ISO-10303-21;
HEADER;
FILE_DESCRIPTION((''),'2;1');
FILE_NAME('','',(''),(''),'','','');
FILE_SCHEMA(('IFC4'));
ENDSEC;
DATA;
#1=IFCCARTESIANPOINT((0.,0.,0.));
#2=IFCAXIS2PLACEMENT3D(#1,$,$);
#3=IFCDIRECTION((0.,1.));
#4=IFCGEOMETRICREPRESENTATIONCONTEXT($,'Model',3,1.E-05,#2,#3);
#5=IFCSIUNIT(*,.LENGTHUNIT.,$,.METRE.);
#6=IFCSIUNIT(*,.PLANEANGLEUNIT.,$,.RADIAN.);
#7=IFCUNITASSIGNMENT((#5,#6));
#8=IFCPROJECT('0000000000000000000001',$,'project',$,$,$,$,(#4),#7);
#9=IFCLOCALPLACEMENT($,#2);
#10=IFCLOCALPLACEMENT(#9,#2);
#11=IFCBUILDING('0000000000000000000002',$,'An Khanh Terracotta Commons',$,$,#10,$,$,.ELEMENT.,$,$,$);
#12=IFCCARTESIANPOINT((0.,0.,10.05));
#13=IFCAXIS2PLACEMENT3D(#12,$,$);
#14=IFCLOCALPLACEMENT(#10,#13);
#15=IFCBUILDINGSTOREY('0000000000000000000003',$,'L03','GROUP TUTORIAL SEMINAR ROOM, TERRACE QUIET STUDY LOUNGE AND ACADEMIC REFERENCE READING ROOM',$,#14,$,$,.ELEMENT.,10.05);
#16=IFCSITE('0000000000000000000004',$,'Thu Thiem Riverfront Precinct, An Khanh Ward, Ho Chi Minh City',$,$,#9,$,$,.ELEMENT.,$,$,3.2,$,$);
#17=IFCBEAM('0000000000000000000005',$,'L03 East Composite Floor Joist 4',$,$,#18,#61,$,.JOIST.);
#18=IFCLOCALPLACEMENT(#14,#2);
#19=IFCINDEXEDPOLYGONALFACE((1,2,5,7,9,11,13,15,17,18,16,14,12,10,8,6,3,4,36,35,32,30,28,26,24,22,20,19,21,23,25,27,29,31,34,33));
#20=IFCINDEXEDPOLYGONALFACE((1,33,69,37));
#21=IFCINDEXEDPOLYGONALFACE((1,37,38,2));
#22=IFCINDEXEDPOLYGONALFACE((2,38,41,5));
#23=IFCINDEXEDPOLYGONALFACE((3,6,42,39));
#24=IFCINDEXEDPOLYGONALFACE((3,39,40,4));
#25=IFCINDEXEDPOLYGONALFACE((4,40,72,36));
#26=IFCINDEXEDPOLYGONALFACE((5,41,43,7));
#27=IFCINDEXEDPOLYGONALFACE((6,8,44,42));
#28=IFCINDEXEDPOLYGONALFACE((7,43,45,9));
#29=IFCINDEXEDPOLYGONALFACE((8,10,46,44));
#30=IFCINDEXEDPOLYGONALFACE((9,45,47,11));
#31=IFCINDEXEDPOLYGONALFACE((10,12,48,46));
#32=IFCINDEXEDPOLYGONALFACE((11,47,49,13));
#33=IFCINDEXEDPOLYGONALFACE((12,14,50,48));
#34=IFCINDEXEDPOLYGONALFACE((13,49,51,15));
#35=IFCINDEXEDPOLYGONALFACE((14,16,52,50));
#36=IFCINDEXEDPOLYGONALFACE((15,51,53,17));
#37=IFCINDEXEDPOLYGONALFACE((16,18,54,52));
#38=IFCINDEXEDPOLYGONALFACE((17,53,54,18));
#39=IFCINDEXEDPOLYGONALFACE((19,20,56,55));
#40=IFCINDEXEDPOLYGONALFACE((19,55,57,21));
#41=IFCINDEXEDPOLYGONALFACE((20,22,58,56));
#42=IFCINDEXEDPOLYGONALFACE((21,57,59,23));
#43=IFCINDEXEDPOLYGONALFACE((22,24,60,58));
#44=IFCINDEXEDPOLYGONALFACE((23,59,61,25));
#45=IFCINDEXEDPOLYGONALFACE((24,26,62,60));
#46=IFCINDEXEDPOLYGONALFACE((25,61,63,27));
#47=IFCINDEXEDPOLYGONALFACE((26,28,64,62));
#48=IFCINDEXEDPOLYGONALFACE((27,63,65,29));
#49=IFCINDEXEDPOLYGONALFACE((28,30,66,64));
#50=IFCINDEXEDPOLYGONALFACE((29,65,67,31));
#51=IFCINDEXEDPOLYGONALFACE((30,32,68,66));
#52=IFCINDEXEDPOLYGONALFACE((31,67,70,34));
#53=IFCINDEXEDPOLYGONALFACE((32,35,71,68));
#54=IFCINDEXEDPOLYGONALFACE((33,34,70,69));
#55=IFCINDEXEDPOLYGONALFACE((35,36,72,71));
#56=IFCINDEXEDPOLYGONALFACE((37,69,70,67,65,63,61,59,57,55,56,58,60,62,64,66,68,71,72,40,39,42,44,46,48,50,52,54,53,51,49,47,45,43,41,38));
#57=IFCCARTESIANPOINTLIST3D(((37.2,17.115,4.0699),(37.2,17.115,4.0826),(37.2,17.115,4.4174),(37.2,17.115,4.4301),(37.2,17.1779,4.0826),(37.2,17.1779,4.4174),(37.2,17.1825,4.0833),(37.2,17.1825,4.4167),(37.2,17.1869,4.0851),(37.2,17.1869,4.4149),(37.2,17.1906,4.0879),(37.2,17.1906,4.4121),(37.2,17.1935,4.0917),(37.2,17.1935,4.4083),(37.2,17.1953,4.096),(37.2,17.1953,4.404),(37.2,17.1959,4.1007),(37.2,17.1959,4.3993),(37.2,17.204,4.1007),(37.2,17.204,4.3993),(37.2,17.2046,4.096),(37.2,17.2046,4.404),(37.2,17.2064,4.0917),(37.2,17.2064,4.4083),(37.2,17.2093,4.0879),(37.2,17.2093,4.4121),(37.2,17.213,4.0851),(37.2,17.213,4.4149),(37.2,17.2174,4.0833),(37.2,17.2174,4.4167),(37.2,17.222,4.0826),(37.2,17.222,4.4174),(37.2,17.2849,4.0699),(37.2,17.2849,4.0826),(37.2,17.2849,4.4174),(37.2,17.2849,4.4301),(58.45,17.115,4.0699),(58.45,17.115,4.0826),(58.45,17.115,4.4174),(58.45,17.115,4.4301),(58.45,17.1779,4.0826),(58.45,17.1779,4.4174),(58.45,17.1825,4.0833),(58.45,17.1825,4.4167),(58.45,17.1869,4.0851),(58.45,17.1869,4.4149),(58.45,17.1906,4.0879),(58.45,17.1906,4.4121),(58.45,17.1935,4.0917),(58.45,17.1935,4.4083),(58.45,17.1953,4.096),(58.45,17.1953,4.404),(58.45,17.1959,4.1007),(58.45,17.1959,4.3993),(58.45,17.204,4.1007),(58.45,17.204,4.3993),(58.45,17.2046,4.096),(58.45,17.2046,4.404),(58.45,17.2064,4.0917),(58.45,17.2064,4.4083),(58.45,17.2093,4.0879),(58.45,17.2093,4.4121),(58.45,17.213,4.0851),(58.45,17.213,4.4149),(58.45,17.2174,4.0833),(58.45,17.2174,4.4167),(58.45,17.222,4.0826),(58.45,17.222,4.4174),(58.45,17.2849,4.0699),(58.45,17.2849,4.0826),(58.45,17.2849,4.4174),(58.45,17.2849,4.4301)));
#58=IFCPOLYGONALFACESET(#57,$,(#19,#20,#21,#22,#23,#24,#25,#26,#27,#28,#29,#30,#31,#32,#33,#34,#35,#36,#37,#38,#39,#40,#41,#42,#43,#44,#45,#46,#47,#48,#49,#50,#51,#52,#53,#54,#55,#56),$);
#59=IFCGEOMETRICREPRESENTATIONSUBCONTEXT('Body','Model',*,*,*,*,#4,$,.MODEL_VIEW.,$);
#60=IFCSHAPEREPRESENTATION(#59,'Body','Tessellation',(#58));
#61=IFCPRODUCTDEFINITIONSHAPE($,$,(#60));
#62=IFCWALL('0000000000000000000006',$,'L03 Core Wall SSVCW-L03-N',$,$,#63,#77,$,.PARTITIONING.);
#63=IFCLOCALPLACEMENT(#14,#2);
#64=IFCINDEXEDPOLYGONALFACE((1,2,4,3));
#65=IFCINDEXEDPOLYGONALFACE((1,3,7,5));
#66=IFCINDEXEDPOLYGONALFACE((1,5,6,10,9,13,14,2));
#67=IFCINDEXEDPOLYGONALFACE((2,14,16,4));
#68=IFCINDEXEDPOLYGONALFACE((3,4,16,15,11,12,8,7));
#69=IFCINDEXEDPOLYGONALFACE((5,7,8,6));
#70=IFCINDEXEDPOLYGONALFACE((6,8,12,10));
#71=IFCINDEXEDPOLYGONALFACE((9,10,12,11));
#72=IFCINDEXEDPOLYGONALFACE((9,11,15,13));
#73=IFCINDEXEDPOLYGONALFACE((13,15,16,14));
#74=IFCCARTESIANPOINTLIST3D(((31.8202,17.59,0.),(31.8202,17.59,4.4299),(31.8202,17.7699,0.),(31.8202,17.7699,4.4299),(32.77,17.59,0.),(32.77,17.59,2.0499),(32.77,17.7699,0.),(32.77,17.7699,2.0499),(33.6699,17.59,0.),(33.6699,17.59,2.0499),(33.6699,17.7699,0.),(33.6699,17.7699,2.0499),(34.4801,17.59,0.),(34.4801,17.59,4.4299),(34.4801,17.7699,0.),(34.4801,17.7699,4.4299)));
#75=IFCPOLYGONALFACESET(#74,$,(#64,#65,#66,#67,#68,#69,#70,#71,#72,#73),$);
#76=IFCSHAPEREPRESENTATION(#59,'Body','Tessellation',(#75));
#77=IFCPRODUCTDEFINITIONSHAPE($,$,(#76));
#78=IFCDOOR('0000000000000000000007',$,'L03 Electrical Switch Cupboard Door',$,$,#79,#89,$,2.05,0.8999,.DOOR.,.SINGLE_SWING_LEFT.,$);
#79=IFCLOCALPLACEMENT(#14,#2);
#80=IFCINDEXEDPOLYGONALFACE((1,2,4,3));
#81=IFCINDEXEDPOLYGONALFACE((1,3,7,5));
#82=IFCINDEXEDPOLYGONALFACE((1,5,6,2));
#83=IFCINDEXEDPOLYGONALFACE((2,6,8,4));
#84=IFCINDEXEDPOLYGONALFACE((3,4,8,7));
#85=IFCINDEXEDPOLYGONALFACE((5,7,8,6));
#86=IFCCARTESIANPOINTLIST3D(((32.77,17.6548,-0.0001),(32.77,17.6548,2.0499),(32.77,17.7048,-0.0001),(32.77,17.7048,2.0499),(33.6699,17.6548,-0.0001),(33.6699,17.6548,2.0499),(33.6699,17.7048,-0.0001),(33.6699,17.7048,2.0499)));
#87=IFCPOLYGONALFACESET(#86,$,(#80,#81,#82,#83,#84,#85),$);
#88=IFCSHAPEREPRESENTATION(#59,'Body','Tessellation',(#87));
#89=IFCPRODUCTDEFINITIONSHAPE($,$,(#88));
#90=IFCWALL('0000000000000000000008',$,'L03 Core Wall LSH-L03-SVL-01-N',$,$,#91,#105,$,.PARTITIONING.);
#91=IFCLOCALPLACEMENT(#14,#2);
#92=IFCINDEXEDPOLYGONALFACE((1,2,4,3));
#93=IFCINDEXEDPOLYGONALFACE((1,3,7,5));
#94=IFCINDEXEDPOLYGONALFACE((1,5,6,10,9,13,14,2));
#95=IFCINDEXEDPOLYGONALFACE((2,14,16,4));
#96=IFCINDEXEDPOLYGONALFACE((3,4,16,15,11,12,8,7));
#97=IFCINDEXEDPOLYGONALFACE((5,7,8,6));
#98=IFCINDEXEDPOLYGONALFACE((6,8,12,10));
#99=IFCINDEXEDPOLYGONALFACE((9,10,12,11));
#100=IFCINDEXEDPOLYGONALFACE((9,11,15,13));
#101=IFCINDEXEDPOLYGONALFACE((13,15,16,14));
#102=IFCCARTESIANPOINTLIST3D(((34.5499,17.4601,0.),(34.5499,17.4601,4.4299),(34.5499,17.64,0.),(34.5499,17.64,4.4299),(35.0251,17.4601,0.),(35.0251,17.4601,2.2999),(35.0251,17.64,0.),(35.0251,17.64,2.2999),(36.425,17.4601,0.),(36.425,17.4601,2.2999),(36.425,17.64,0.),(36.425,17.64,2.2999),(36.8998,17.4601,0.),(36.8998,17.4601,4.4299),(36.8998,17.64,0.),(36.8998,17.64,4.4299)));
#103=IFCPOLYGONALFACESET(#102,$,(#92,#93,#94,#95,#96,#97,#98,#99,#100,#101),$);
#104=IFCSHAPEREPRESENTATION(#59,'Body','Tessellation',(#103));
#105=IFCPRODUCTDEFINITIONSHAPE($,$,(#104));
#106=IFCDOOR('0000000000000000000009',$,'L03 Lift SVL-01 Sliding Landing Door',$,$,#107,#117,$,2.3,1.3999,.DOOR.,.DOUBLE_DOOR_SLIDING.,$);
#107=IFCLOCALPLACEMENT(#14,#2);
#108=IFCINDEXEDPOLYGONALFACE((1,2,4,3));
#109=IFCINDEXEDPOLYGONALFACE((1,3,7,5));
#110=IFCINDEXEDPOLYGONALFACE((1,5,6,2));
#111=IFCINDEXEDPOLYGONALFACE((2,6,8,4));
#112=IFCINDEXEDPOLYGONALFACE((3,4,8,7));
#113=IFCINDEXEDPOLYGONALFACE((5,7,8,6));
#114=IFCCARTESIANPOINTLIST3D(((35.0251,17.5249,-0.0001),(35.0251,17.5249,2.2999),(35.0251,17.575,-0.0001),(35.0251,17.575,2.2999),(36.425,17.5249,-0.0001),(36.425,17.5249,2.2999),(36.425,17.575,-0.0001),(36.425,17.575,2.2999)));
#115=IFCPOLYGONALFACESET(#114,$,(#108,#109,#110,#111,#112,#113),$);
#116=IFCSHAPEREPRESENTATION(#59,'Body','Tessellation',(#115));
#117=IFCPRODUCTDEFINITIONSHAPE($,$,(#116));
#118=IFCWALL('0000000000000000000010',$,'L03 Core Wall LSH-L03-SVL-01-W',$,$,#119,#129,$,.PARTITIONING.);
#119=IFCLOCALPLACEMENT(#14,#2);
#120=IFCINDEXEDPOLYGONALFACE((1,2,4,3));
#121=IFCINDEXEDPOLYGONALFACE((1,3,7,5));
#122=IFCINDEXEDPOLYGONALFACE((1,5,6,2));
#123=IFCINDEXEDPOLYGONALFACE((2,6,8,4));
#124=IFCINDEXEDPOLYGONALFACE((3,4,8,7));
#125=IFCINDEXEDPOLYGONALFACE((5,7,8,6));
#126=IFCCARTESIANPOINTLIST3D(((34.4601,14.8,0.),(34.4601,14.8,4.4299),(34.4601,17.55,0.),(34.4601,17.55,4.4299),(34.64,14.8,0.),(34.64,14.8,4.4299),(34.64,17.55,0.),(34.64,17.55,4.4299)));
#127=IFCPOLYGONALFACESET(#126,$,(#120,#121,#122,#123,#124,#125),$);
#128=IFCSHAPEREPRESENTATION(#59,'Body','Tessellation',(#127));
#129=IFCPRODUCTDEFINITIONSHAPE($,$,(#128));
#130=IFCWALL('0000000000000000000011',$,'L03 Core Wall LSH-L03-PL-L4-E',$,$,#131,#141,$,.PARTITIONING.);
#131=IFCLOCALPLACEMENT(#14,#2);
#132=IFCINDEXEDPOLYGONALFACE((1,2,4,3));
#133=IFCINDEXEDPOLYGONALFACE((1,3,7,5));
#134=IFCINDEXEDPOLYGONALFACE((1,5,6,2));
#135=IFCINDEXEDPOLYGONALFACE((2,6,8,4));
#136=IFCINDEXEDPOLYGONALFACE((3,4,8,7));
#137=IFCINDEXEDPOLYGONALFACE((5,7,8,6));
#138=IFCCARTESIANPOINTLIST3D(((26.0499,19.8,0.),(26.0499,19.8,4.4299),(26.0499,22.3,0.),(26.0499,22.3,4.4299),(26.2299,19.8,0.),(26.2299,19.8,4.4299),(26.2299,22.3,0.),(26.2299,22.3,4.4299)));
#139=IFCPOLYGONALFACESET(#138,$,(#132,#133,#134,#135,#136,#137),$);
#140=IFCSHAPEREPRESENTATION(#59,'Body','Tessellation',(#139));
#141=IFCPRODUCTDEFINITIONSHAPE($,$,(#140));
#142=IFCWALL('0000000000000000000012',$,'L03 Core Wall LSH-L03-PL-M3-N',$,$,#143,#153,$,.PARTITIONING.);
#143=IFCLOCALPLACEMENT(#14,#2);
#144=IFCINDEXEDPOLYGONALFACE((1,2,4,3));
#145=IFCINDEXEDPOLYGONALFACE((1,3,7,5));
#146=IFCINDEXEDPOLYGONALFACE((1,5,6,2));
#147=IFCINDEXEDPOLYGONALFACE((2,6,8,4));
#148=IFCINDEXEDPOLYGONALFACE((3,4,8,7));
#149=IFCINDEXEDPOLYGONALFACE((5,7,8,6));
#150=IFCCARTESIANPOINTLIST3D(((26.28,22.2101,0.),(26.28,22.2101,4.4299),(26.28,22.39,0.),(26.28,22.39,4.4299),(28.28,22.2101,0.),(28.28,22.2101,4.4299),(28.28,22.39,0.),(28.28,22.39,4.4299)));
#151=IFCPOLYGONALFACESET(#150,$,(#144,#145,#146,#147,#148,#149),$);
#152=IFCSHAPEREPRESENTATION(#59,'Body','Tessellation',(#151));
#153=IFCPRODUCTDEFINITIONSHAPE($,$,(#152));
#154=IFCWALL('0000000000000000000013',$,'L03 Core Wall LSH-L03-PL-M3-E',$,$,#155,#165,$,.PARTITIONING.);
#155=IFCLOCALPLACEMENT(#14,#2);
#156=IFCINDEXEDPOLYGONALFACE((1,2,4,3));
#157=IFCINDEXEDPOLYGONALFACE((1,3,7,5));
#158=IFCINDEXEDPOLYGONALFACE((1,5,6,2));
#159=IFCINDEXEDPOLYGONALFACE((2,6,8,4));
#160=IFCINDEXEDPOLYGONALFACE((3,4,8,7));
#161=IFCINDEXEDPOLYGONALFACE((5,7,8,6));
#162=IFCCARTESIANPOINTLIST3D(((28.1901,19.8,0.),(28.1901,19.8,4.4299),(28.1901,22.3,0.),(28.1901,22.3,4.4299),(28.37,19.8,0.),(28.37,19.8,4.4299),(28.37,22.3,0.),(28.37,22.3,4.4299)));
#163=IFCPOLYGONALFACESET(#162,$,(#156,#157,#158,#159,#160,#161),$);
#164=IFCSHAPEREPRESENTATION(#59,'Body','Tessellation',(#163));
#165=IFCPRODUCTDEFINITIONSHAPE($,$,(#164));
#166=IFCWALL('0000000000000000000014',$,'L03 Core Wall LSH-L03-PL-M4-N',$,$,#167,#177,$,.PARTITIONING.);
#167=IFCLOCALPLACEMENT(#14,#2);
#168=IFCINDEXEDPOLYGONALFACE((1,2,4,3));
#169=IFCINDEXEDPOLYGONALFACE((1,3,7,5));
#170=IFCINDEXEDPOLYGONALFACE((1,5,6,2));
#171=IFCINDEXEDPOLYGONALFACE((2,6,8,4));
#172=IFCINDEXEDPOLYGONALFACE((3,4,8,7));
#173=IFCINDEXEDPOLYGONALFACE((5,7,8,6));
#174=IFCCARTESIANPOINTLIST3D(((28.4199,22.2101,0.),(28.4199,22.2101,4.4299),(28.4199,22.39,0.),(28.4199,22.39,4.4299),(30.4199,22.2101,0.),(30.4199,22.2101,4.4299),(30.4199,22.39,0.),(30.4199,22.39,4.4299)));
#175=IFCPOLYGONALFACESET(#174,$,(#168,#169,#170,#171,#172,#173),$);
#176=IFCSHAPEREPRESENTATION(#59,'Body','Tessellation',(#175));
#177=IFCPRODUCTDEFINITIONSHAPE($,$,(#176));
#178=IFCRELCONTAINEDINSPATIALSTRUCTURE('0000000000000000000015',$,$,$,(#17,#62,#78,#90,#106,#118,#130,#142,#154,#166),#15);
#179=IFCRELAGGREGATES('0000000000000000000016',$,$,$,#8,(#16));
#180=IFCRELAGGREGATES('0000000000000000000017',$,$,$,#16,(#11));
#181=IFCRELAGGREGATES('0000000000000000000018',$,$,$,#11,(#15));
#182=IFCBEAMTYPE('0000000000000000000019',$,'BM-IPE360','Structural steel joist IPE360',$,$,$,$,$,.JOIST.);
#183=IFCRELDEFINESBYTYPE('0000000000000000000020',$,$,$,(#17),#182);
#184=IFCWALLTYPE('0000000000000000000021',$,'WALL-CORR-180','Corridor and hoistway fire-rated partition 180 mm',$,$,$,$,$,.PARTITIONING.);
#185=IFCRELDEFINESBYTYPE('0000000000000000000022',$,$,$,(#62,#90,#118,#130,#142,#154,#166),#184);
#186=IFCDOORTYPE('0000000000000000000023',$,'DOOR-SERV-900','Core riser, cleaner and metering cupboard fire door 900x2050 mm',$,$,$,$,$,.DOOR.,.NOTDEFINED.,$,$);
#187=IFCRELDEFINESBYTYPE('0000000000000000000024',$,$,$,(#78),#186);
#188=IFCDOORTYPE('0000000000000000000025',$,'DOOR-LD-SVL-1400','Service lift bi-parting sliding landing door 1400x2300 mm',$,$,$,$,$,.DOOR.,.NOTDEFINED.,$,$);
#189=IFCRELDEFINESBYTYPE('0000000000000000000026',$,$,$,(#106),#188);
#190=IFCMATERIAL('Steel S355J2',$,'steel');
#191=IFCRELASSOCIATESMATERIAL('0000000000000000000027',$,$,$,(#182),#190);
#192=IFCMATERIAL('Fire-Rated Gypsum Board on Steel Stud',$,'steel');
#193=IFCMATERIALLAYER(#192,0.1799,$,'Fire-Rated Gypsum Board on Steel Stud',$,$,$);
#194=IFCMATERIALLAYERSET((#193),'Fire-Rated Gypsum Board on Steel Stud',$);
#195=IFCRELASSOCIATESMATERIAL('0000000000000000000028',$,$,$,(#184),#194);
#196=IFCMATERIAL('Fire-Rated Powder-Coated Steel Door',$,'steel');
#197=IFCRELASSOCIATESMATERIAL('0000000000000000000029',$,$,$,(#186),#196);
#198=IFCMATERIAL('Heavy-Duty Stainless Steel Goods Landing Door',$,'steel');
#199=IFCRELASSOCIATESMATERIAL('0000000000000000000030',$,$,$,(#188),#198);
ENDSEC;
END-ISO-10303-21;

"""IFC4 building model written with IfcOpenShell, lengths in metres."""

from ifc_helpers import new_model, si_unit, direction, frame, frame_2d, origin, origin_2d, place, context, subcontext, project, spatial, rectangle, i_section, extrude, material, layer, layer_set, material_profile, profile_set, type_object, element, fill, save


model = new_model("IFC4")

# Units and contexts
model_context = context("Model", 3, precision=1e-05, world=origin(), true_north=direction((0.0, 1.0)))
body_context = subcontext(model_context, "Body", "Model", "MODEL_VIEW")
ifc_project = project(units=[si_unit("LENGTHUNIT", "METRE"), si_unit("PLANEANGLEUNIT", "RADIAN")], contexts=[model_context])

# Site, building, storey
site_placement = place(None, origin())
site = spatial("IfcSite", under=ifc_project, at=site_placement, Name="Thu Thiem Riverfront Precinct, An Khanh Ward, Ho Chi Minh City", CompositionType="ELEMENT", RefElevation=3.2)
building_placement = place(site_placement, origin())
building = spatial("IfcBuilding", under=site, at=building_placement, Name="An Khanh Terracotta Commons", CompositionType="ELEMENT")
storey_placement = place(building_placement, frame((0.0, 0.0, 10.05)))
storey = spatial("IfcBuildingStorey", under=building, at=storey_placement, Name="L03", Description="GROUP TUTORIAL SEMINAR ROOM, TERRACE QUIET STUDY LOUNGE AND ACADEMIC REFERENCE READING ROOM", CompositionType="ELEMENT", Elevation=10.05)

# Beam
ifc_material_1 = material(Name="Steel S355J2", Category="steel")
ifc_material_profile = material_profile(ifc_material_1, i_section(OverallWidth=0.1699, OverallDepth=0.3601, WebThickness=0.0081, FlangeThickness=0.0127, FilletRadius=0.0181, at=origin_2d()), Name="IPE360")
ifc_profile_set = profile_set([ifc_material_profile], Name="Steel S355J2")
beam_type = type_object("IfcBeamType", Name="BM-IPE360", Description="Structural steel joist IPE360", PredefinedType="JOIST", material=ifc_profile_set)
beam_placement = place(storey_placement, frame((37.2, 17.2, 4.25), z_axis=(1.0, 0.0, 0.0), x_axis=(0.0, 1.0, 0.0)))
element("IfcBeam", 1, at=beam_placement, inside=storey, type_object=beam_type, Name="L03 East Composite Floor Joist 4", PredefinedType="JOIST", context=body_context, shape_type="SweptSolid", body=[
    extrude(i_section(OverallWidth=0.1699, OverallDepth=0.3601, WebThickness=0.0081, FlangeThickness=0.0127, FilletRadius=0.0181, at=origin_2d()), origin(), (0.0, 0.0, 1.0), 21.25),
])

# Walls, openings, doors
ifc_material_2 = material(Name="Fire-Rated Gypsum Board on Steel Stud", Category="steel")
ifc_layer = layer(ifc_material_2, 0.1799, Name="Fire-Rated Gypsum Board on Steel Stud")
ifc_layer_set = layer_set([ifc_layer], Name="Fire-Rated Gypsum Board on Steel Stud")
wall_type = type_object("IfcWallType", Name="WALL-CORR-180", Description="Corridor and hoistway fire-rated partition 180 mm", PredefinedType="PARTITIONING", material=ifc_layer_set)
wall_1_placement = place(storey_placement, frame((31.8201, 17.6799, 0.0), z_axis=(0.0, 0.0, 1.0), x_axis=(1.0, 0.0, 0.0)))
wall_1 = element("IfcWall", 2, at=wall_1_placement, inside=storey, type_object=wall_type, Name="L03 Core Wall SSVCW-L03-N", PredefinedType="PARTITIONING", context=body_context, shape_type="SweptSolid", body=[
    extrude(rectangle(XDim=2.6599, YDim=0.1799, at=frame_2d((1.3301, 0.0))), origin(), (0.0, 0.0, 1.0), 4.4299),
])
opening_1_placement = place(wall_1_placement, frame((0.95, 0.0, 0.0)))
opening_1 = element("IfcOpeningElement", 3, at=opening_1_placement, cuts=wall_1, PredefinedType="OPENING", context=body_context, shape_type="SweptSolid", body=[
    extrude(rectangle(XDim=0.8999, YDim=2.05, at=frame_2d((0.45, 1.0249))), frame((0.0, 0.0999, 0.0), z_axis=(0.0, -1.0, 0.0), x_axis=(1.0, 0.0, 0.0)), (0.0, 0.0, 1.0), 0.2),
])
ifc_material_3 = material(Name="Fire-Rated Powder-Coated Steel Door", Category="steel")
door_type_1 = type_object("IfcDoorType", Name="DOOR-SERV-900", Description="Core riser, cleaner and metering cupboard fire door 900x2050 mm", OperationType="NOTDEFINED", PredefinedType="DOOR", material=ifc_material_3)
door_1_placement = place(opening_1_placement, origin())
door_1 = element("IfcDoor", 4, at=door_1_placement, inside=storey, type_object=door_type_1, Name="L03 Electrical Switch Cupboard Door", OperationType="SINGLE_SWING_LEFT", OverallHeight=2.05, OverallWidth=0.8999, PredefinedType="DOOR", context=body_context, shape_type="SweptSolid", body=[
    extrude(rectangle(XDim=0.8999, YDim=2.05, at=frame_2d((0.45, 1.0249))), frame((0.0, 0.0249, 0.0), z_axis=(0.0, -1.0, 0.0), x_axis=(1.0, 0.0, 0.0)), (0.0, 0.0, 1.0), 0.05),
])
fill(opening_1, door_1)
wall_2_placement = place(storey_placement, frame((34.55, 17.55, 0.0), z_axis=(0.0, 0.0, 1.0), x_axis=(1.0, 0.0, 0.0)))
wall_2 = element("IfcWall", 5, at=wall_2_placement, inside=storey, type_object=wall_type, Name="L03 Core Wall LSH-L03-SVL-01-N", PredefinedType="PARTITIONING", context=body_context, shape_type="SweptSolid", body=[
    extrude(rectangle(XDim=2.3499, YDim=0.1799, at=frame_2d((1.1748, 0.0))), origin(), (0.0, 0.0, 1.0), 4.4299),
])
opening_2_placement = place(wall_2_placement, frame((0.4751, 0.0, 0.0)))
opening_2 = element("IfcOpeningElement", 6, at=opening_2_placement, cuts=wall_2, PredefinedType="OPENING", context=body_context, shape_type="SweptSolid", body=[
    extrude(rectangle(XDim=1.3999, YDim=2.3, at=frame_2d((0.7, 1.1499))), frame((0.0, 0.0999, 0.0), z_axis=(0.0, -1.0, 0.0), x_axis=(1.0, 0.0, 0.0)), (0.0, 0.0, 1.0), 0.2),
])
ifc_material_4 = material(Name="Heavy-Duty Stainless Steel Goods Landing Door", Category="steel")
door_type_2 = type_object("IfcDoorType", Name="DOOR-LD-SVL-1400", Description="Service lift bi-parting sliding landing door 1400x2300 mm", OperationType="NOTDEFINED", PredefinedType="DOOR", material=ifc_material_4)
door_2_placement = place(opening_2_placement, origin())
door_2 = element("IfcDoor", 7, at=door_2_placement, inside=storey, type_object=door_type_2, Name="L03 Lift SVL-01 Sliding Landing Door", OperationType="DOUBLE_DOOR_SLIDING", OverallHeight=2.3, OverallWidth=1.3999, PredefinedType="DOOR", context=body_context, shape_type="SweptSolid", body=[
    extrude(rectangle(XDim=1.3999, YDim=2.3, at=frame_2d((0.7, 1.1499))), frame((0.0, 0.0249, 0.0), z_axis=(0.0, -1.0, 0.0), x_axis=(1.0, 0.0, 0.0)), (0.0, 0.0, 1.0), 0.05),
])
fill(opening_2, door_2)

# Walls
wall_3_placement = place(storey_placement, frame((34.55, 17.55, 0.0), z_axis=(0.0, 0.0, 1.0), x_axis=(0.0, -1.0, 0.0)))
element("IfcWall", 8, at=wall_3_placement, inside=storey, type_object=wall_type, Name="L03 Core Wall LSH-L03-SVL-01-W", PredefinedType="PARTITIONING", context=body_context, shape_type="SweptSolid", body=[
    extrude(rectangle(XDim=2.75, YDim=0.1799, at=frame_2d((1.375, 0.0))), origin(), (0.0, 0.0, 1.0), 4.4299),
])
wall_4_placement = place(storey_placement, frame((26.1399, 19.8, 0.0), z_axis=(0.0, 0.0, 1.0), x_axis=(0.0, 1.0, 0.0)))
element("IfcWall", 9, at=wall_4_placement, inside=storey, type_object=wall_type, Name="L03 Core Wall LSH-L03-PL-L4-E", PredefinedType="PARTITIONING", context=body_context, shape_type="SweptSolid", body=[
    extrude(rectangle(XDim=2.5, YDim=0.1799, at=frame_2d((1.25, 0.0))), origin(), (0.0, 0.0, 1.0), 4.4299),
])
wall_5_placement = place(storey_placement, frame((26.28, 22.3, 0.0), z_axis=(0.0, 0.0, 1.0), x_axis=(1.0, 0.0, 0.0)))
element("IfcWall", 10, at=wall_5_placement, inside=storey, type_object=wall_type, Name="L03 Core Wall LSH-L03-PL-M3-N", PredefinedType="PARTITIONING", context=body_context, shape_type="SweptSolid", body=[
    extrude(rectangle(XDim=2.0, YDim=0.1799, at=frame_2d((1.0, 0.0))), origin(), (0.0, 0.0, 1.0), 4.4299),
])
wall_6_placement = place(storey_placement, frame((28.28, 19.8, 0.0), z_axis=(0.0, 0.0, 1.0), x_axis=(0.0, 1.0, 0.0)))
element("IfcWall", 11, at=wall_6_placement, inside=storey, type_object=wall_type, Name="L03 Core Wall LSH-L03-PL-M3-E", PredefinedType="PARTITIONING", context=body_context, shape_type="SweptSolid", body=[
    extrude(rectangle(XDim=2.5, YDim=0.1799, at=frame_2d((1.25, 0.0))), origin(), (0.0, 0.0, 1.0), 4.4299),
])
wall_7_placement = place(storey_placement, frame((28.4199, 22.3, 0.0), z_axis=(0.0, 0.0, 1.0), x_axis=(1.0, 0.0, 0.0)))
element("IfcWall", 12, at=wall_7_placement, inside=storey, type_object=wall_type, Name="L03 Core Wall LSH-L03-PL-M4-N", PredefinedType="PARTITIONING", context=body_context, shape_type="SweptSolid", body=[
    extrude(rectangle(XDim=2.0, YDim=0.1799, at=frame_2d((1.0, 0.0))), origin(), (0.0, 0.0, 1.0), 4.4299),
])

save(model, "model.ifc")
